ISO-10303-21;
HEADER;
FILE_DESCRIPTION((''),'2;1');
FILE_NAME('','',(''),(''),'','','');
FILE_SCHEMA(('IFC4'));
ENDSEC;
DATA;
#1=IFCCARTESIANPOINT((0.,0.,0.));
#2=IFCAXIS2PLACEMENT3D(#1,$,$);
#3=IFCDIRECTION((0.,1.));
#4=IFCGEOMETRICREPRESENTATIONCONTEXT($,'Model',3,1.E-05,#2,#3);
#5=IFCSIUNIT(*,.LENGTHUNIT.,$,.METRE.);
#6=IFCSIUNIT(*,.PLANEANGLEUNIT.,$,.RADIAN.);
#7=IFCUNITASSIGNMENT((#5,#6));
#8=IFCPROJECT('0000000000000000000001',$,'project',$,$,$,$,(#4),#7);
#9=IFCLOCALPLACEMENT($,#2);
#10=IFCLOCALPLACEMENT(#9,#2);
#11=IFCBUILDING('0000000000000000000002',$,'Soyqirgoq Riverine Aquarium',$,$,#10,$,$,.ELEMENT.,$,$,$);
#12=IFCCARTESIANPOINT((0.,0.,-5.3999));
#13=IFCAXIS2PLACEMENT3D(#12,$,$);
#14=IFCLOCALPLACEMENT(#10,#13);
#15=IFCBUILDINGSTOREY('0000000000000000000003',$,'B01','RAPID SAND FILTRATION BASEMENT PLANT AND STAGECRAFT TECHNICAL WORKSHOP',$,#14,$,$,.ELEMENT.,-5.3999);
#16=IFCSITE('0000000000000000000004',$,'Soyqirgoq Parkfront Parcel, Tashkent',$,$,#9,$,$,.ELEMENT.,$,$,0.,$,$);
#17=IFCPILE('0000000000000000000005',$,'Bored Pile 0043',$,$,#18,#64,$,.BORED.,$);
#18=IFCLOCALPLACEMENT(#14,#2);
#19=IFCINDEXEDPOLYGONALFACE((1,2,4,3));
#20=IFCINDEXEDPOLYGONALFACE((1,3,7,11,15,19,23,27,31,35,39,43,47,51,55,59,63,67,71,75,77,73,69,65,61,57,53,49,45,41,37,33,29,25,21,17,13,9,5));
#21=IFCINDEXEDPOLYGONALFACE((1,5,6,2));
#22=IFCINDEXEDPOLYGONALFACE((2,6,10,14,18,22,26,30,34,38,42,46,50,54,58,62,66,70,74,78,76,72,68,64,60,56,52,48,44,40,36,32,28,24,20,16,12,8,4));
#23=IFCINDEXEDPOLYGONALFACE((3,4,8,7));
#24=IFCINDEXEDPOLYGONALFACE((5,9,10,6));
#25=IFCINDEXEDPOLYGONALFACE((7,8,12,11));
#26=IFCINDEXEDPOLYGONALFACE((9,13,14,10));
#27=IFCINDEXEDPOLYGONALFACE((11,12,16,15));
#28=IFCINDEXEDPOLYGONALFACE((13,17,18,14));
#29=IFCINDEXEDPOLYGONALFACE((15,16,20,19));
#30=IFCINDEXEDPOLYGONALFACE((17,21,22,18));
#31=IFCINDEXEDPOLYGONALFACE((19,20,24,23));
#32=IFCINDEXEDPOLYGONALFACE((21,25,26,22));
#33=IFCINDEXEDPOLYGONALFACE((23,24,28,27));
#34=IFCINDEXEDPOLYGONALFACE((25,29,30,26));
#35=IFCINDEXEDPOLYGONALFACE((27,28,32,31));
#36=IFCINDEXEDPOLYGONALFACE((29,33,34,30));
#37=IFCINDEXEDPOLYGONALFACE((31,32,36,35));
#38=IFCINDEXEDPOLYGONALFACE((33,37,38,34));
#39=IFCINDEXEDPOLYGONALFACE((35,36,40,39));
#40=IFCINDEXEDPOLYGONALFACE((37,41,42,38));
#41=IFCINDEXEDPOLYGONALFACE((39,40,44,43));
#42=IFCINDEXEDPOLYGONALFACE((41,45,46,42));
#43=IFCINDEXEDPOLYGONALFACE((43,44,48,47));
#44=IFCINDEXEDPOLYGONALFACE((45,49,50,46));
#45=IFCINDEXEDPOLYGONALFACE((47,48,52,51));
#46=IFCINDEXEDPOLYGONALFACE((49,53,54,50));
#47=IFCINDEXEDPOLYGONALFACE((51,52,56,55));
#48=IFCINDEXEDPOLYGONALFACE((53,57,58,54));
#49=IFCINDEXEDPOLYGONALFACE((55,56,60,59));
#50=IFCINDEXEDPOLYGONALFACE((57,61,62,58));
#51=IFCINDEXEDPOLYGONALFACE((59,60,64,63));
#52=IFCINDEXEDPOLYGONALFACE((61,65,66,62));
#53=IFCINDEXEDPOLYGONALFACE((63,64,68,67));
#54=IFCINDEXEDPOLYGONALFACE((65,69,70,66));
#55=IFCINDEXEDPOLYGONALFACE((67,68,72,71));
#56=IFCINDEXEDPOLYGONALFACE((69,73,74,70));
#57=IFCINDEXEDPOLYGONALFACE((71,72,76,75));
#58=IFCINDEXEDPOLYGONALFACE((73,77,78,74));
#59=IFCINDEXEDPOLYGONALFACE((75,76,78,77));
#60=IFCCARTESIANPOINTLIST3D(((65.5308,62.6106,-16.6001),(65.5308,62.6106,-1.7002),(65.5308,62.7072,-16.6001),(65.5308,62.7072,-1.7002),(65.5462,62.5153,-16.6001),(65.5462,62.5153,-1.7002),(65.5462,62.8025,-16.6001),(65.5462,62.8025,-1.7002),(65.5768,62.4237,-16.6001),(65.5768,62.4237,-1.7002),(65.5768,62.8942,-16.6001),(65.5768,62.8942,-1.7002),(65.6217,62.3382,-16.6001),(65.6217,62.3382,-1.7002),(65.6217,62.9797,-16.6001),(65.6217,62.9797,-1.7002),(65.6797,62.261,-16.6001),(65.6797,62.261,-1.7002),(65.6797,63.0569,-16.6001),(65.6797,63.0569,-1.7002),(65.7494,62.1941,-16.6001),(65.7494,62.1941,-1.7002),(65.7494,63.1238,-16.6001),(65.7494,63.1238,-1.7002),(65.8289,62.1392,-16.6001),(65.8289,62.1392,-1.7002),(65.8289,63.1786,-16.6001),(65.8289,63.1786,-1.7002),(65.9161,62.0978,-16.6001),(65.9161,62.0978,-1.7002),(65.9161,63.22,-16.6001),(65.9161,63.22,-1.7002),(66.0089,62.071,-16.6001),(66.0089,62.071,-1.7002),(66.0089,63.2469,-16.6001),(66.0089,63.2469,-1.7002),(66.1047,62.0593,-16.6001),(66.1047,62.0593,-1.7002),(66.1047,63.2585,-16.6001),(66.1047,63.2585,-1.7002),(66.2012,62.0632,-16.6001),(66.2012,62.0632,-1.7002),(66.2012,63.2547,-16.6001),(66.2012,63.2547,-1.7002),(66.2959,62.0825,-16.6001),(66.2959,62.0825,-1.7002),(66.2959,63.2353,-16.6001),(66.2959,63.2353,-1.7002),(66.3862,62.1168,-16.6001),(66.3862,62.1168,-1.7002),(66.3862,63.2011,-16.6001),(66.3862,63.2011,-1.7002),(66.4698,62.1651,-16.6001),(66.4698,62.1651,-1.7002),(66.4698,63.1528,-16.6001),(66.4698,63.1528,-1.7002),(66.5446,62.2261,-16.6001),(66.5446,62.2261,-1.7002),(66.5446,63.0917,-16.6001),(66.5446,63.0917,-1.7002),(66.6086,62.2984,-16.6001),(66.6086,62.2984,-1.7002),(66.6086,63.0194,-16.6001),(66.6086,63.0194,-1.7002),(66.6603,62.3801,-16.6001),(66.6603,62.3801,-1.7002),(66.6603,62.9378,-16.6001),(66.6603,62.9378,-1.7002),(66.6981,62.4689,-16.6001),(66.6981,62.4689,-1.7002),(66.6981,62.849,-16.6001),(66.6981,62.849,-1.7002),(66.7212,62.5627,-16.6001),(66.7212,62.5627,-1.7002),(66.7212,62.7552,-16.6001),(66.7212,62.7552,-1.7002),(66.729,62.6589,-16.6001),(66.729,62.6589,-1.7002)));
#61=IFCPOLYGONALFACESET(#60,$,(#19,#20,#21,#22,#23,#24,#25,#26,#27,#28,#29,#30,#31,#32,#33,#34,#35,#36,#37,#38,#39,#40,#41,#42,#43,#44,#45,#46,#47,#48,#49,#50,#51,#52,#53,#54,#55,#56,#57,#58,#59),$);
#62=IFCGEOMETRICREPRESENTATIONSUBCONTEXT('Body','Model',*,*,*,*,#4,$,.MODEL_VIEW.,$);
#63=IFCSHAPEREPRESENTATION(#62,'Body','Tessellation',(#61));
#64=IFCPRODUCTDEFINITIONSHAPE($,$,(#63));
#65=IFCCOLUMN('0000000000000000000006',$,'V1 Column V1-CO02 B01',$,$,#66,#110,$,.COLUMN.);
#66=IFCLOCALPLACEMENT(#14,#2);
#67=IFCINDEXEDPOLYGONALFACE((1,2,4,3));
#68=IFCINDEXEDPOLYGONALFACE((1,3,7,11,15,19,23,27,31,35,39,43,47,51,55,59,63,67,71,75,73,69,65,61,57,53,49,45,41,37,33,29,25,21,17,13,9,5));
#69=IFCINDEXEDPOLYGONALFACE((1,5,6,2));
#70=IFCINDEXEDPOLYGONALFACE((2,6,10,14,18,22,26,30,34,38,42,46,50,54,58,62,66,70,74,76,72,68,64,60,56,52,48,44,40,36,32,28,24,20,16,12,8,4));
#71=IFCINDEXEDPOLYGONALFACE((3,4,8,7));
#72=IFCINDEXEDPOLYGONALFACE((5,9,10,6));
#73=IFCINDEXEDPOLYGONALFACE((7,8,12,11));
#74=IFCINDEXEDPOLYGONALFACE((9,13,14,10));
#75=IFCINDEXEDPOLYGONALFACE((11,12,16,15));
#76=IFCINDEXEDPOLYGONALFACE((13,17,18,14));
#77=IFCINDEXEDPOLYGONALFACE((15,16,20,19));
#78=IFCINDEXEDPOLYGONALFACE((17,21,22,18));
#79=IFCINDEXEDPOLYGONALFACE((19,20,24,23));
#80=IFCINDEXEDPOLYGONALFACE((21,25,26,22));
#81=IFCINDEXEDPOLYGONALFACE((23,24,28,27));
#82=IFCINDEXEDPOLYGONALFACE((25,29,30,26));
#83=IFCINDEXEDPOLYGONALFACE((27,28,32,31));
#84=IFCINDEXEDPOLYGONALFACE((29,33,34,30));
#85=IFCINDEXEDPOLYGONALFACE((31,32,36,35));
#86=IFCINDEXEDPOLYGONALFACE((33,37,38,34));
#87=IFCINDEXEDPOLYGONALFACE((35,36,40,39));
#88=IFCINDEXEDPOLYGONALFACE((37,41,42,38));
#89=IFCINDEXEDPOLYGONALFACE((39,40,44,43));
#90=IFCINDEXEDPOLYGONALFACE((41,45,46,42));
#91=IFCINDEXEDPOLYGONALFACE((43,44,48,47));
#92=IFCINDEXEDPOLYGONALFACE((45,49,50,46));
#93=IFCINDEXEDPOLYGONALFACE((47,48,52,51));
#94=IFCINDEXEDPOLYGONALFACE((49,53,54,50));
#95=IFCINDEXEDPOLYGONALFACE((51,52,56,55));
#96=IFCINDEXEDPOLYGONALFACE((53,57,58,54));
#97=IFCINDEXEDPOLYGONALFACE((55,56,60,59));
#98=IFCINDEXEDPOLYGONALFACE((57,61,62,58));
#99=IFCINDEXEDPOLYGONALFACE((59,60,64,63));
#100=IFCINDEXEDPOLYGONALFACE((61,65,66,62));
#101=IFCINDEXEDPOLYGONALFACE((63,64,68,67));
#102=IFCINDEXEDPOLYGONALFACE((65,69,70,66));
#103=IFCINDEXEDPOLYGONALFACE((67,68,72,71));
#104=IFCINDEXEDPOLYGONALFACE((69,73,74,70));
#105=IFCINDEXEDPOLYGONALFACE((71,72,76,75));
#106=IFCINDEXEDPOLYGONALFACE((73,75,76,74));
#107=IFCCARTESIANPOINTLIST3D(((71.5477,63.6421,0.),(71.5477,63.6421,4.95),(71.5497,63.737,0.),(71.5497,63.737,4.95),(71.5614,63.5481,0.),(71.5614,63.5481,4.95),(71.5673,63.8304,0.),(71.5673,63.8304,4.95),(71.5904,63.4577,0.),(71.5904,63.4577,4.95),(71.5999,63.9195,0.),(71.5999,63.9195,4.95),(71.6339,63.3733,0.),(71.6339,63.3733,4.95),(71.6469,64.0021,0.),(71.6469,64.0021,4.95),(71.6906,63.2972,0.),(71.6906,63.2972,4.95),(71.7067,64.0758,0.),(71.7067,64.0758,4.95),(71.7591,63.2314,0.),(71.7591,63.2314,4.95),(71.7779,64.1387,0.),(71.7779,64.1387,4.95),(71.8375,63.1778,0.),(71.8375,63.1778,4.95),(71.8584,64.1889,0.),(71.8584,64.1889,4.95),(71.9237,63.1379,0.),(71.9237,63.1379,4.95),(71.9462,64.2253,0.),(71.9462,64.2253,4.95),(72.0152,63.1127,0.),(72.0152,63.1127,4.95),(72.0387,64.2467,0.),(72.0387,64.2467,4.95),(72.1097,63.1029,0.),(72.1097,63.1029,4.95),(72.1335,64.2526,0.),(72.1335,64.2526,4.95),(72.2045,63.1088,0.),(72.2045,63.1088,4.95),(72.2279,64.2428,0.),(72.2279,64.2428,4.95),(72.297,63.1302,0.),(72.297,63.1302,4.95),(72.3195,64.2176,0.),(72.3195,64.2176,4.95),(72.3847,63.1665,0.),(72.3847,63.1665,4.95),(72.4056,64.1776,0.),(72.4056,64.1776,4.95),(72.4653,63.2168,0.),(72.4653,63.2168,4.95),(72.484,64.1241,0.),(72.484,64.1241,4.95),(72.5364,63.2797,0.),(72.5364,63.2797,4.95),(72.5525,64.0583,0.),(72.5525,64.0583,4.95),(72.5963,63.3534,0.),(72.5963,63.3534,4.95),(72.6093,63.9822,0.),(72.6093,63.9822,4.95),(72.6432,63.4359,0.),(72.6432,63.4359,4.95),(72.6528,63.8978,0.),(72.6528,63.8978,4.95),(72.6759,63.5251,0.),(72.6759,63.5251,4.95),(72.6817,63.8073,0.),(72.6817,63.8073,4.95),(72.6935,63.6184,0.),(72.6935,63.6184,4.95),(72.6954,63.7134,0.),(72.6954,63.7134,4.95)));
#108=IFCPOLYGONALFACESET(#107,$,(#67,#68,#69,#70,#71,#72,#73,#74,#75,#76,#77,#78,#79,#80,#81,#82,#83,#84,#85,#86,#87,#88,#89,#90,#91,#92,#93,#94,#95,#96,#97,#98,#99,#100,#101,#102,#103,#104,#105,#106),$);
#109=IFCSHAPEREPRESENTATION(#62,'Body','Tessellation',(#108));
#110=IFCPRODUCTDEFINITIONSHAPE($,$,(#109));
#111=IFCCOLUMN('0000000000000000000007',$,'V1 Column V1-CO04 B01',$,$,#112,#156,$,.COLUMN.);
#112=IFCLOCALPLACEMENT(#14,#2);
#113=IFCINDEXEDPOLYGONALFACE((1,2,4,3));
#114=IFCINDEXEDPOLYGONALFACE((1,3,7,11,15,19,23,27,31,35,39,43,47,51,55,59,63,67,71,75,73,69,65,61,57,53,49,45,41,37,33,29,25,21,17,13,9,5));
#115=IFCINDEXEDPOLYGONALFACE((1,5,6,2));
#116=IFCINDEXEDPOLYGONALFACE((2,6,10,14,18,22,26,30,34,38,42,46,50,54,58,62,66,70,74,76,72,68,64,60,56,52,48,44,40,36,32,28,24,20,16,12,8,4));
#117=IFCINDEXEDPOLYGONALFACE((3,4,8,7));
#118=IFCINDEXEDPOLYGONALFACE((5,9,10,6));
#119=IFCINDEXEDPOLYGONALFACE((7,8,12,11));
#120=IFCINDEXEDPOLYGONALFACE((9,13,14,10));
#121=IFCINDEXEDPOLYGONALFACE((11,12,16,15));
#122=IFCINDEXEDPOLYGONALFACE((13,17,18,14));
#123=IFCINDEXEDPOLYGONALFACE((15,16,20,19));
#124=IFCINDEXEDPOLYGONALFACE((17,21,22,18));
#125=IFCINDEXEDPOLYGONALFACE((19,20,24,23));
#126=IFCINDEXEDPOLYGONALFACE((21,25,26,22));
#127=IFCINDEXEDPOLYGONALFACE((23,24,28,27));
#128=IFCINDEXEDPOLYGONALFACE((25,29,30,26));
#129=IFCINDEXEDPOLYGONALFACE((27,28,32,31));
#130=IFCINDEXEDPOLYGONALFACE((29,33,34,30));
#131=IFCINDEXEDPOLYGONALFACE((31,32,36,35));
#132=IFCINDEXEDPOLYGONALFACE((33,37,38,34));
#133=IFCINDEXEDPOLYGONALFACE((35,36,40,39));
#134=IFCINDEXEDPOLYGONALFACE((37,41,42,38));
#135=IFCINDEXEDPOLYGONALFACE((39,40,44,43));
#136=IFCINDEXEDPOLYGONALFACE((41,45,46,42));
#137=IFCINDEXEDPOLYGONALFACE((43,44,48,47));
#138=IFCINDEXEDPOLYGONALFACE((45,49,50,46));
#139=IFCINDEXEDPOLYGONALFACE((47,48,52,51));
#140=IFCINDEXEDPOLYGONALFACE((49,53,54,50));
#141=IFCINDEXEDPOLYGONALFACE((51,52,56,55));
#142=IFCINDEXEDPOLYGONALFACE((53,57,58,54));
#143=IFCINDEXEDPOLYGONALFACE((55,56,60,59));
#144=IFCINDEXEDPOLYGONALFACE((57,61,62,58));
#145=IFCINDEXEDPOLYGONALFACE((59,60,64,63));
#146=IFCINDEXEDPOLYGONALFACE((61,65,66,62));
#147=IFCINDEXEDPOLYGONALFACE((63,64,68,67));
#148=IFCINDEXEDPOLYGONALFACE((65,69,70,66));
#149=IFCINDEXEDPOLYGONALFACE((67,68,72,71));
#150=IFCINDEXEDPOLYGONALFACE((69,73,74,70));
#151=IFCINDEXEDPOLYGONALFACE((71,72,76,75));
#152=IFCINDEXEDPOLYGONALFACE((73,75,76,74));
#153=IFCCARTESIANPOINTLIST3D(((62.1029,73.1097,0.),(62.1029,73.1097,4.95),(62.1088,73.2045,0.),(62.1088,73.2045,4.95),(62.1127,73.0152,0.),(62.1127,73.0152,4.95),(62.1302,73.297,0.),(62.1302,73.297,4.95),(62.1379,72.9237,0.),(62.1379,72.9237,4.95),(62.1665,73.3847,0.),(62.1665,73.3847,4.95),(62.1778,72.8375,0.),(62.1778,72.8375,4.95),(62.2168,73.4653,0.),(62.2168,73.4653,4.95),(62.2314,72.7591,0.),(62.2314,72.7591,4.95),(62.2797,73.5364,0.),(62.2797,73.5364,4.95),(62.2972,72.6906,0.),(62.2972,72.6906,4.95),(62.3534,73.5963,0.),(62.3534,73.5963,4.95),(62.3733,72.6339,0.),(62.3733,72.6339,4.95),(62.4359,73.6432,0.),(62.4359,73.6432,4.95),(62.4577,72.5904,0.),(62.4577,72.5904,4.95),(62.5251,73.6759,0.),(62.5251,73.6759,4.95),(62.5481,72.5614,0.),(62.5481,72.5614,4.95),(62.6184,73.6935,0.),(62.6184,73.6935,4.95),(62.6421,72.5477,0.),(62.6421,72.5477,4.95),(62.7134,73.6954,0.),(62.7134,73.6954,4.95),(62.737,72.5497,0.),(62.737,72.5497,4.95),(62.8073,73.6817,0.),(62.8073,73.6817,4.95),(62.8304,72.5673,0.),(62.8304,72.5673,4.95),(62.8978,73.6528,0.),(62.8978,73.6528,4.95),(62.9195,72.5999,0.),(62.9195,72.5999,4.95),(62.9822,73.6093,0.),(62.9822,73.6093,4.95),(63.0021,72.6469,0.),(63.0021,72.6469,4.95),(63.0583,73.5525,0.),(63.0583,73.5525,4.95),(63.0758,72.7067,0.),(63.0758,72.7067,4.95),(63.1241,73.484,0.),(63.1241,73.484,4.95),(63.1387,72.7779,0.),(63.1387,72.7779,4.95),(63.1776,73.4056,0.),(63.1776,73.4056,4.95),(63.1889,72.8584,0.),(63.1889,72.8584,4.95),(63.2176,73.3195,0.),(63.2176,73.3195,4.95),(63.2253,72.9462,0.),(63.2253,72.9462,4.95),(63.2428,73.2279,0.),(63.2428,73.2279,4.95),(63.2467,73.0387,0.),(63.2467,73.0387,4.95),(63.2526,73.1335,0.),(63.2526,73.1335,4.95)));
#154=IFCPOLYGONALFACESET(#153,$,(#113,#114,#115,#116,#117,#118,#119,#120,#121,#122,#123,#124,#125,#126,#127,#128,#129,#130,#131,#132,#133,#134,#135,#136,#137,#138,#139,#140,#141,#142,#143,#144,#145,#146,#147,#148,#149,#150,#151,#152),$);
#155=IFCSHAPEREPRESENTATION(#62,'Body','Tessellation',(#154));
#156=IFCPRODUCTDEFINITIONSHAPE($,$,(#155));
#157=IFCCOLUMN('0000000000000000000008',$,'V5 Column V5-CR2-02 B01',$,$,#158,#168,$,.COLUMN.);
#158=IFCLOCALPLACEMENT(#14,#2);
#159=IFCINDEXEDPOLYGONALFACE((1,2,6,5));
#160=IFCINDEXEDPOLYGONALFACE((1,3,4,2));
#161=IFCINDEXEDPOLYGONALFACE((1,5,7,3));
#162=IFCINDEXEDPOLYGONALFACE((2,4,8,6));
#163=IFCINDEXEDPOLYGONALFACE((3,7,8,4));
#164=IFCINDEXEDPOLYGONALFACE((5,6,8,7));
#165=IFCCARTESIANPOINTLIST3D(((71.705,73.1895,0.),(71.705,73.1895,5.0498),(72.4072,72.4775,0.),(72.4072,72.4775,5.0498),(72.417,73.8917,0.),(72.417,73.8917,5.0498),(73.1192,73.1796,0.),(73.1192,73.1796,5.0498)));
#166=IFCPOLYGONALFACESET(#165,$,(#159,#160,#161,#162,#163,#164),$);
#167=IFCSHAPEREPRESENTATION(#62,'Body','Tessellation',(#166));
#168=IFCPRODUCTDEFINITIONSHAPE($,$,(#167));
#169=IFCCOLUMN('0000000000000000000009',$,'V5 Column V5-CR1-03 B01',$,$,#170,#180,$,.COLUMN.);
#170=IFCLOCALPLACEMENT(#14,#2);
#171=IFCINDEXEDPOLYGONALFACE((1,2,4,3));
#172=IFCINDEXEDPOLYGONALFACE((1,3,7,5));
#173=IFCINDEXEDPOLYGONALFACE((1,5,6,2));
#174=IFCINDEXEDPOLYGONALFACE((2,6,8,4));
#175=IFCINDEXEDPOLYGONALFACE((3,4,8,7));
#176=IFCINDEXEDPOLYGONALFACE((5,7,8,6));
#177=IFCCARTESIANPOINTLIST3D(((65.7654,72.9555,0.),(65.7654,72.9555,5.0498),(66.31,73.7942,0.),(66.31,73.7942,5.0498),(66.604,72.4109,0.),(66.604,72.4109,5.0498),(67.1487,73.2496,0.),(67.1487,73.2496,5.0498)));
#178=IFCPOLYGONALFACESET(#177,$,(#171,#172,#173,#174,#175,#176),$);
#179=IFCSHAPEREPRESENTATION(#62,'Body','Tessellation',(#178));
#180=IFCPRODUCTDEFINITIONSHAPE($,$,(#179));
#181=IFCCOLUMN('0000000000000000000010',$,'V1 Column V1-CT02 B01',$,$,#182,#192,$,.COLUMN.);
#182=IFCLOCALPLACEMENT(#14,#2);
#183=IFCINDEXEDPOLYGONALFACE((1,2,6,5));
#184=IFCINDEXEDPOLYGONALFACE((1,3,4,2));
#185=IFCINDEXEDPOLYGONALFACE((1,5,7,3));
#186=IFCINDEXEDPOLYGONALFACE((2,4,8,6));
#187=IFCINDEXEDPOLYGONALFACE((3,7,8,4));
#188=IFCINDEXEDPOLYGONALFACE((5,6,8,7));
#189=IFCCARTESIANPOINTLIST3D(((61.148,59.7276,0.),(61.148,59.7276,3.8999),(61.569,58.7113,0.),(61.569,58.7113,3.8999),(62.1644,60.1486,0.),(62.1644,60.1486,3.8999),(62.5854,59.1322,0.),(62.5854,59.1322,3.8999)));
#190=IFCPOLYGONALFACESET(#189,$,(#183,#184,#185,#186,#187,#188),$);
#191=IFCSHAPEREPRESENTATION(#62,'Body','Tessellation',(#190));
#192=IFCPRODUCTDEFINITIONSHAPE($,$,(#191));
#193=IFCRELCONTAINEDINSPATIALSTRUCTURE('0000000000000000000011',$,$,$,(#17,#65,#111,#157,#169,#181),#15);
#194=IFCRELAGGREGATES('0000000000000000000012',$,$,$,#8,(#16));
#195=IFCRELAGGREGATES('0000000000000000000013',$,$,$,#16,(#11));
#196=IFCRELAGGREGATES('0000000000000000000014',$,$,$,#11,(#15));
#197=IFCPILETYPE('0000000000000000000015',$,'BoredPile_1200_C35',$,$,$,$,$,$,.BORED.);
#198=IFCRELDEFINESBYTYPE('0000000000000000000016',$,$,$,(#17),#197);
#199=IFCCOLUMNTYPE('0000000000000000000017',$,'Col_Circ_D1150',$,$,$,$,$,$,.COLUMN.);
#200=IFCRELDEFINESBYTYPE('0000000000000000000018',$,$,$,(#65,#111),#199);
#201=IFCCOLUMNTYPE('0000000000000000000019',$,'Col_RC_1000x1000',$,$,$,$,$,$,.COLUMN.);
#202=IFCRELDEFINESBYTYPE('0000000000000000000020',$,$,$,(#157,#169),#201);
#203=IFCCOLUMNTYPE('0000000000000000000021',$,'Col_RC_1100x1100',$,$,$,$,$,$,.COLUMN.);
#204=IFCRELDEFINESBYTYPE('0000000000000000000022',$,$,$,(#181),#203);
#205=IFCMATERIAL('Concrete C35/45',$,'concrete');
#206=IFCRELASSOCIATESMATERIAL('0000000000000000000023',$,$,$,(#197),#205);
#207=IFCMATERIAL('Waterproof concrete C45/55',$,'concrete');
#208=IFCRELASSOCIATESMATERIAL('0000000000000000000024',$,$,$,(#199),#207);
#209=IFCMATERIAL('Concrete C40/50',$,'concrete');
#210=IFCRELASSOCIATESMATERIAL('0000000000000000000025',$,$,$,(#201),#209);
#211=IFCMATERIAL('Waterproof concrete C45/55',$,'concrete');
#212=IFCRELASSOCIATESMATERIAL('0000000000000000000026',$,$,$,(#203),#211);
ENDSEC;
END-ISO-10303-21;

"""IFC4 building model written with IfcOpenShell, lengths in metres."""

from ifc_helpers import new_model, si_unit, direction, frame, origin, origin_2d, place, context, subcontext, project, spatial, rectangle, circle, extrude, material, material_profile, profile_set, type_object, element, save


model = new_model("IFC4")

# Units and contexts
model_context = context("Model", 3, precision=1e-05, world=origin(), true_north=direction((0.0, 1.0)))
body_context = subcontext(model_context, "Body", "Model", "MODEL_VIEW")
ifc_project = project(units=[si_unit("LENGTHUNIT", "METRE"), si_unit("PLANEANGLEUNIT", "RADIAN")], contexts=[model_context])

# Site, building, storey
site_placement = place(None, origin())
site = spatial("IfcSite", under=ifc_project, at=site_placement, Name="Soyqirgoq Parkfront Parcel, Tashkent", CompositionType="ELEMENT", RefElevation=0.0)
building_placement = place(site_placement, origin())
building = spatial("IfcBuilding", under=site, at=building_placement, Name="Soyqirgoq Riverine Aquarium", CompositionType="ELEMENT")
storey_placement = place(building_placement, frame((0.0, 0.0, -5.3999)))
storey = spatial("IfcBuildingStorey", under=building, at=storey_placement, Name="B01", Description="RAPID SAND FILTRATION BASEMENT PLANT AND STAGECRAFT TECHNICAL WORKSHOP", CompositionType="ELEMENT", Elevation=-5.3999)

# Pile
ifc_material_1 = material(Name="Concrete C35/45", Category="concrete")
ifc_material_profile_1 = material_profile(ifc_material_1, circle(Radius=0.6001, at=origin_2d()), Name="BP D1200")
ifc_profile_set_1 = profile_set([ifc_material_profile_1], Name="Concrete C35/45")
pile_type = type_object("IfcPileType", Name="BoredPile_1200_C35", PredefinedType="BORED", material=ifc_profile_set_1)
pile_placement = place(storey_placement, frame((66.1289, 62.6589, -1.7002), z_axis=(0.0, 0.0, -1.0), x_axis=(1.0, 0.0, 0.0)))
element("IfcPile", 1, at=pile_placement, inside=storey, type_object=pile_type, Name="Bored Pile 0043", PredefinedType="BORED", context=body_context, shape_type="SweptSolid", body=[
    extrude(circle(Radius=0.6001, at=origin_2d()), origin(), (0.0, 0.0, 1.0), 14.8999),
])

# Columns
ifc_material_2 = material(Name="Waterproof concrete C45/55", Category="concrete")
ifc_material_profile_2 = material_profile(ifc_material_2, circle(Radius=0.575, at=origin_2d()), Name="RC-COL D1150")
ifc_profile_set_2 = profile_set([ifc_material_profile_2], Name="Waterproof concrete C45/55")
column_type_1 = type_object("IfcColumnType", Name="Col_Circ_D1150", PredefinedType="COLUMN", material=ifc_profile_set_2)
for number, where, z_axis, x_axis, name in (
    (2, (72.1216, 63.6777, 0.0), (0.0, 0.0, 1.0), (0.92388, 0.382683, 0.0), "V1 Column V1-CO02 B01"),
    (3, (62.6777, 73.1216, 0.0), (0.0, 0.0, 1.0), (0.382683, 0.92388, 0.0), "V1 Column V1-CO04 B01"),
):
    element("IfcColumn", number, at=place(storey_placement, frame(where, z_axis=z_axis, x_axis=x_axis)), inside=storey, type_object=column_type_1, Name=name, PredefinedType="COLUMN", context=body_context, shape_type="SweptSolid", body=[
        extrude(circle(Radius=0.575, at=origin_2d()), origin(), (0.0, 0.0, 1.0), 4.95),
    ])
ifc_material_3 = material(Name="Concrete C40/50", Category="concrete")
ifc_material_profile_3 = material_profile(ifc_material_3, rectangle(XDim=1.0, YDim=1.0, at=origin_2d()), Name="RC 1000x1000")
ifc_profile_set_3 = profile_set([ifc_material_profile_3], Name="Concrete C40/50")
column_type_2 = type_object("IfcColumnType", Name="Col_RC_1000x1000", PredefinedType="COLUMN", material=ifc_profile_set_3)
for number, where, z_axis, x_axis, name in (
    (4, (72.4121, 73.1846, 0.0), (0.0, 0.0, 1.0), (0.712026, 0.702153, 0.0), "V5 Column V5-CR2-02 B01"),
    (5, (66.457, 73.1025, 0.0), (0.0, 0.0, 1.0), (0.544639, 0.838671, 0.0), "V5 Column V5-CR1-03 B01"),
):
    element("IfcColumn", number, at=place(storey_placement, frame(where, z_axis=z_axis, x_axis=x_axis)), inside=storey, type_object=column_type_2, Name=name, PredefinedType="COLUMN", context=body_context, shape_type="SweptSolid", body=[
        extrude(rectangle(XDim=1.0, YDim=1.0, at=origin_2d()), origin(), (0.0, 0.0, 1.0), 5.0498),
    ])
ifc_material_4 = material(Name="Waterproof concrete C45/55", Category="concrete")
ifc_material_profile_4 = material_profile(ifc_material_4, rectangle(XDim=1.1001, YDim=1.1001, at=origin_2d()), Name="RC 1100x1100")
ifc_profile_set_4 = profile_set([ifc_material_profile_4], Name="Waterproof concrete C45/55")
column_type_3 = type_object("IfcColumnType", Name="Col_RC_1100x1100", PredefinedType="COLUMN", material=ifc_profile_set_4)
column_1_placement = place(storey_placement, frame((61.8667, 59.4299, 0.0), z_axis=(0.0, 0.0, 1.0), x_axis=(0.92388, 0.382683, 0.0)))
element("IfcColumn", 6, at=column_1_placement, inside=storey, type_object=column_type_3, Name="V1 Column V1-CT02 B01", PredefinedType="COLUMN", context=body_context, shape_type="SweptSolid", body=[
    extrude(rectangle(XDim=1.1001, YDim=1.1001, at=origin_2d()), origin(), (0.0, 0.0, 1.0), 3.8999),
])

save(model, "model.ifc")
